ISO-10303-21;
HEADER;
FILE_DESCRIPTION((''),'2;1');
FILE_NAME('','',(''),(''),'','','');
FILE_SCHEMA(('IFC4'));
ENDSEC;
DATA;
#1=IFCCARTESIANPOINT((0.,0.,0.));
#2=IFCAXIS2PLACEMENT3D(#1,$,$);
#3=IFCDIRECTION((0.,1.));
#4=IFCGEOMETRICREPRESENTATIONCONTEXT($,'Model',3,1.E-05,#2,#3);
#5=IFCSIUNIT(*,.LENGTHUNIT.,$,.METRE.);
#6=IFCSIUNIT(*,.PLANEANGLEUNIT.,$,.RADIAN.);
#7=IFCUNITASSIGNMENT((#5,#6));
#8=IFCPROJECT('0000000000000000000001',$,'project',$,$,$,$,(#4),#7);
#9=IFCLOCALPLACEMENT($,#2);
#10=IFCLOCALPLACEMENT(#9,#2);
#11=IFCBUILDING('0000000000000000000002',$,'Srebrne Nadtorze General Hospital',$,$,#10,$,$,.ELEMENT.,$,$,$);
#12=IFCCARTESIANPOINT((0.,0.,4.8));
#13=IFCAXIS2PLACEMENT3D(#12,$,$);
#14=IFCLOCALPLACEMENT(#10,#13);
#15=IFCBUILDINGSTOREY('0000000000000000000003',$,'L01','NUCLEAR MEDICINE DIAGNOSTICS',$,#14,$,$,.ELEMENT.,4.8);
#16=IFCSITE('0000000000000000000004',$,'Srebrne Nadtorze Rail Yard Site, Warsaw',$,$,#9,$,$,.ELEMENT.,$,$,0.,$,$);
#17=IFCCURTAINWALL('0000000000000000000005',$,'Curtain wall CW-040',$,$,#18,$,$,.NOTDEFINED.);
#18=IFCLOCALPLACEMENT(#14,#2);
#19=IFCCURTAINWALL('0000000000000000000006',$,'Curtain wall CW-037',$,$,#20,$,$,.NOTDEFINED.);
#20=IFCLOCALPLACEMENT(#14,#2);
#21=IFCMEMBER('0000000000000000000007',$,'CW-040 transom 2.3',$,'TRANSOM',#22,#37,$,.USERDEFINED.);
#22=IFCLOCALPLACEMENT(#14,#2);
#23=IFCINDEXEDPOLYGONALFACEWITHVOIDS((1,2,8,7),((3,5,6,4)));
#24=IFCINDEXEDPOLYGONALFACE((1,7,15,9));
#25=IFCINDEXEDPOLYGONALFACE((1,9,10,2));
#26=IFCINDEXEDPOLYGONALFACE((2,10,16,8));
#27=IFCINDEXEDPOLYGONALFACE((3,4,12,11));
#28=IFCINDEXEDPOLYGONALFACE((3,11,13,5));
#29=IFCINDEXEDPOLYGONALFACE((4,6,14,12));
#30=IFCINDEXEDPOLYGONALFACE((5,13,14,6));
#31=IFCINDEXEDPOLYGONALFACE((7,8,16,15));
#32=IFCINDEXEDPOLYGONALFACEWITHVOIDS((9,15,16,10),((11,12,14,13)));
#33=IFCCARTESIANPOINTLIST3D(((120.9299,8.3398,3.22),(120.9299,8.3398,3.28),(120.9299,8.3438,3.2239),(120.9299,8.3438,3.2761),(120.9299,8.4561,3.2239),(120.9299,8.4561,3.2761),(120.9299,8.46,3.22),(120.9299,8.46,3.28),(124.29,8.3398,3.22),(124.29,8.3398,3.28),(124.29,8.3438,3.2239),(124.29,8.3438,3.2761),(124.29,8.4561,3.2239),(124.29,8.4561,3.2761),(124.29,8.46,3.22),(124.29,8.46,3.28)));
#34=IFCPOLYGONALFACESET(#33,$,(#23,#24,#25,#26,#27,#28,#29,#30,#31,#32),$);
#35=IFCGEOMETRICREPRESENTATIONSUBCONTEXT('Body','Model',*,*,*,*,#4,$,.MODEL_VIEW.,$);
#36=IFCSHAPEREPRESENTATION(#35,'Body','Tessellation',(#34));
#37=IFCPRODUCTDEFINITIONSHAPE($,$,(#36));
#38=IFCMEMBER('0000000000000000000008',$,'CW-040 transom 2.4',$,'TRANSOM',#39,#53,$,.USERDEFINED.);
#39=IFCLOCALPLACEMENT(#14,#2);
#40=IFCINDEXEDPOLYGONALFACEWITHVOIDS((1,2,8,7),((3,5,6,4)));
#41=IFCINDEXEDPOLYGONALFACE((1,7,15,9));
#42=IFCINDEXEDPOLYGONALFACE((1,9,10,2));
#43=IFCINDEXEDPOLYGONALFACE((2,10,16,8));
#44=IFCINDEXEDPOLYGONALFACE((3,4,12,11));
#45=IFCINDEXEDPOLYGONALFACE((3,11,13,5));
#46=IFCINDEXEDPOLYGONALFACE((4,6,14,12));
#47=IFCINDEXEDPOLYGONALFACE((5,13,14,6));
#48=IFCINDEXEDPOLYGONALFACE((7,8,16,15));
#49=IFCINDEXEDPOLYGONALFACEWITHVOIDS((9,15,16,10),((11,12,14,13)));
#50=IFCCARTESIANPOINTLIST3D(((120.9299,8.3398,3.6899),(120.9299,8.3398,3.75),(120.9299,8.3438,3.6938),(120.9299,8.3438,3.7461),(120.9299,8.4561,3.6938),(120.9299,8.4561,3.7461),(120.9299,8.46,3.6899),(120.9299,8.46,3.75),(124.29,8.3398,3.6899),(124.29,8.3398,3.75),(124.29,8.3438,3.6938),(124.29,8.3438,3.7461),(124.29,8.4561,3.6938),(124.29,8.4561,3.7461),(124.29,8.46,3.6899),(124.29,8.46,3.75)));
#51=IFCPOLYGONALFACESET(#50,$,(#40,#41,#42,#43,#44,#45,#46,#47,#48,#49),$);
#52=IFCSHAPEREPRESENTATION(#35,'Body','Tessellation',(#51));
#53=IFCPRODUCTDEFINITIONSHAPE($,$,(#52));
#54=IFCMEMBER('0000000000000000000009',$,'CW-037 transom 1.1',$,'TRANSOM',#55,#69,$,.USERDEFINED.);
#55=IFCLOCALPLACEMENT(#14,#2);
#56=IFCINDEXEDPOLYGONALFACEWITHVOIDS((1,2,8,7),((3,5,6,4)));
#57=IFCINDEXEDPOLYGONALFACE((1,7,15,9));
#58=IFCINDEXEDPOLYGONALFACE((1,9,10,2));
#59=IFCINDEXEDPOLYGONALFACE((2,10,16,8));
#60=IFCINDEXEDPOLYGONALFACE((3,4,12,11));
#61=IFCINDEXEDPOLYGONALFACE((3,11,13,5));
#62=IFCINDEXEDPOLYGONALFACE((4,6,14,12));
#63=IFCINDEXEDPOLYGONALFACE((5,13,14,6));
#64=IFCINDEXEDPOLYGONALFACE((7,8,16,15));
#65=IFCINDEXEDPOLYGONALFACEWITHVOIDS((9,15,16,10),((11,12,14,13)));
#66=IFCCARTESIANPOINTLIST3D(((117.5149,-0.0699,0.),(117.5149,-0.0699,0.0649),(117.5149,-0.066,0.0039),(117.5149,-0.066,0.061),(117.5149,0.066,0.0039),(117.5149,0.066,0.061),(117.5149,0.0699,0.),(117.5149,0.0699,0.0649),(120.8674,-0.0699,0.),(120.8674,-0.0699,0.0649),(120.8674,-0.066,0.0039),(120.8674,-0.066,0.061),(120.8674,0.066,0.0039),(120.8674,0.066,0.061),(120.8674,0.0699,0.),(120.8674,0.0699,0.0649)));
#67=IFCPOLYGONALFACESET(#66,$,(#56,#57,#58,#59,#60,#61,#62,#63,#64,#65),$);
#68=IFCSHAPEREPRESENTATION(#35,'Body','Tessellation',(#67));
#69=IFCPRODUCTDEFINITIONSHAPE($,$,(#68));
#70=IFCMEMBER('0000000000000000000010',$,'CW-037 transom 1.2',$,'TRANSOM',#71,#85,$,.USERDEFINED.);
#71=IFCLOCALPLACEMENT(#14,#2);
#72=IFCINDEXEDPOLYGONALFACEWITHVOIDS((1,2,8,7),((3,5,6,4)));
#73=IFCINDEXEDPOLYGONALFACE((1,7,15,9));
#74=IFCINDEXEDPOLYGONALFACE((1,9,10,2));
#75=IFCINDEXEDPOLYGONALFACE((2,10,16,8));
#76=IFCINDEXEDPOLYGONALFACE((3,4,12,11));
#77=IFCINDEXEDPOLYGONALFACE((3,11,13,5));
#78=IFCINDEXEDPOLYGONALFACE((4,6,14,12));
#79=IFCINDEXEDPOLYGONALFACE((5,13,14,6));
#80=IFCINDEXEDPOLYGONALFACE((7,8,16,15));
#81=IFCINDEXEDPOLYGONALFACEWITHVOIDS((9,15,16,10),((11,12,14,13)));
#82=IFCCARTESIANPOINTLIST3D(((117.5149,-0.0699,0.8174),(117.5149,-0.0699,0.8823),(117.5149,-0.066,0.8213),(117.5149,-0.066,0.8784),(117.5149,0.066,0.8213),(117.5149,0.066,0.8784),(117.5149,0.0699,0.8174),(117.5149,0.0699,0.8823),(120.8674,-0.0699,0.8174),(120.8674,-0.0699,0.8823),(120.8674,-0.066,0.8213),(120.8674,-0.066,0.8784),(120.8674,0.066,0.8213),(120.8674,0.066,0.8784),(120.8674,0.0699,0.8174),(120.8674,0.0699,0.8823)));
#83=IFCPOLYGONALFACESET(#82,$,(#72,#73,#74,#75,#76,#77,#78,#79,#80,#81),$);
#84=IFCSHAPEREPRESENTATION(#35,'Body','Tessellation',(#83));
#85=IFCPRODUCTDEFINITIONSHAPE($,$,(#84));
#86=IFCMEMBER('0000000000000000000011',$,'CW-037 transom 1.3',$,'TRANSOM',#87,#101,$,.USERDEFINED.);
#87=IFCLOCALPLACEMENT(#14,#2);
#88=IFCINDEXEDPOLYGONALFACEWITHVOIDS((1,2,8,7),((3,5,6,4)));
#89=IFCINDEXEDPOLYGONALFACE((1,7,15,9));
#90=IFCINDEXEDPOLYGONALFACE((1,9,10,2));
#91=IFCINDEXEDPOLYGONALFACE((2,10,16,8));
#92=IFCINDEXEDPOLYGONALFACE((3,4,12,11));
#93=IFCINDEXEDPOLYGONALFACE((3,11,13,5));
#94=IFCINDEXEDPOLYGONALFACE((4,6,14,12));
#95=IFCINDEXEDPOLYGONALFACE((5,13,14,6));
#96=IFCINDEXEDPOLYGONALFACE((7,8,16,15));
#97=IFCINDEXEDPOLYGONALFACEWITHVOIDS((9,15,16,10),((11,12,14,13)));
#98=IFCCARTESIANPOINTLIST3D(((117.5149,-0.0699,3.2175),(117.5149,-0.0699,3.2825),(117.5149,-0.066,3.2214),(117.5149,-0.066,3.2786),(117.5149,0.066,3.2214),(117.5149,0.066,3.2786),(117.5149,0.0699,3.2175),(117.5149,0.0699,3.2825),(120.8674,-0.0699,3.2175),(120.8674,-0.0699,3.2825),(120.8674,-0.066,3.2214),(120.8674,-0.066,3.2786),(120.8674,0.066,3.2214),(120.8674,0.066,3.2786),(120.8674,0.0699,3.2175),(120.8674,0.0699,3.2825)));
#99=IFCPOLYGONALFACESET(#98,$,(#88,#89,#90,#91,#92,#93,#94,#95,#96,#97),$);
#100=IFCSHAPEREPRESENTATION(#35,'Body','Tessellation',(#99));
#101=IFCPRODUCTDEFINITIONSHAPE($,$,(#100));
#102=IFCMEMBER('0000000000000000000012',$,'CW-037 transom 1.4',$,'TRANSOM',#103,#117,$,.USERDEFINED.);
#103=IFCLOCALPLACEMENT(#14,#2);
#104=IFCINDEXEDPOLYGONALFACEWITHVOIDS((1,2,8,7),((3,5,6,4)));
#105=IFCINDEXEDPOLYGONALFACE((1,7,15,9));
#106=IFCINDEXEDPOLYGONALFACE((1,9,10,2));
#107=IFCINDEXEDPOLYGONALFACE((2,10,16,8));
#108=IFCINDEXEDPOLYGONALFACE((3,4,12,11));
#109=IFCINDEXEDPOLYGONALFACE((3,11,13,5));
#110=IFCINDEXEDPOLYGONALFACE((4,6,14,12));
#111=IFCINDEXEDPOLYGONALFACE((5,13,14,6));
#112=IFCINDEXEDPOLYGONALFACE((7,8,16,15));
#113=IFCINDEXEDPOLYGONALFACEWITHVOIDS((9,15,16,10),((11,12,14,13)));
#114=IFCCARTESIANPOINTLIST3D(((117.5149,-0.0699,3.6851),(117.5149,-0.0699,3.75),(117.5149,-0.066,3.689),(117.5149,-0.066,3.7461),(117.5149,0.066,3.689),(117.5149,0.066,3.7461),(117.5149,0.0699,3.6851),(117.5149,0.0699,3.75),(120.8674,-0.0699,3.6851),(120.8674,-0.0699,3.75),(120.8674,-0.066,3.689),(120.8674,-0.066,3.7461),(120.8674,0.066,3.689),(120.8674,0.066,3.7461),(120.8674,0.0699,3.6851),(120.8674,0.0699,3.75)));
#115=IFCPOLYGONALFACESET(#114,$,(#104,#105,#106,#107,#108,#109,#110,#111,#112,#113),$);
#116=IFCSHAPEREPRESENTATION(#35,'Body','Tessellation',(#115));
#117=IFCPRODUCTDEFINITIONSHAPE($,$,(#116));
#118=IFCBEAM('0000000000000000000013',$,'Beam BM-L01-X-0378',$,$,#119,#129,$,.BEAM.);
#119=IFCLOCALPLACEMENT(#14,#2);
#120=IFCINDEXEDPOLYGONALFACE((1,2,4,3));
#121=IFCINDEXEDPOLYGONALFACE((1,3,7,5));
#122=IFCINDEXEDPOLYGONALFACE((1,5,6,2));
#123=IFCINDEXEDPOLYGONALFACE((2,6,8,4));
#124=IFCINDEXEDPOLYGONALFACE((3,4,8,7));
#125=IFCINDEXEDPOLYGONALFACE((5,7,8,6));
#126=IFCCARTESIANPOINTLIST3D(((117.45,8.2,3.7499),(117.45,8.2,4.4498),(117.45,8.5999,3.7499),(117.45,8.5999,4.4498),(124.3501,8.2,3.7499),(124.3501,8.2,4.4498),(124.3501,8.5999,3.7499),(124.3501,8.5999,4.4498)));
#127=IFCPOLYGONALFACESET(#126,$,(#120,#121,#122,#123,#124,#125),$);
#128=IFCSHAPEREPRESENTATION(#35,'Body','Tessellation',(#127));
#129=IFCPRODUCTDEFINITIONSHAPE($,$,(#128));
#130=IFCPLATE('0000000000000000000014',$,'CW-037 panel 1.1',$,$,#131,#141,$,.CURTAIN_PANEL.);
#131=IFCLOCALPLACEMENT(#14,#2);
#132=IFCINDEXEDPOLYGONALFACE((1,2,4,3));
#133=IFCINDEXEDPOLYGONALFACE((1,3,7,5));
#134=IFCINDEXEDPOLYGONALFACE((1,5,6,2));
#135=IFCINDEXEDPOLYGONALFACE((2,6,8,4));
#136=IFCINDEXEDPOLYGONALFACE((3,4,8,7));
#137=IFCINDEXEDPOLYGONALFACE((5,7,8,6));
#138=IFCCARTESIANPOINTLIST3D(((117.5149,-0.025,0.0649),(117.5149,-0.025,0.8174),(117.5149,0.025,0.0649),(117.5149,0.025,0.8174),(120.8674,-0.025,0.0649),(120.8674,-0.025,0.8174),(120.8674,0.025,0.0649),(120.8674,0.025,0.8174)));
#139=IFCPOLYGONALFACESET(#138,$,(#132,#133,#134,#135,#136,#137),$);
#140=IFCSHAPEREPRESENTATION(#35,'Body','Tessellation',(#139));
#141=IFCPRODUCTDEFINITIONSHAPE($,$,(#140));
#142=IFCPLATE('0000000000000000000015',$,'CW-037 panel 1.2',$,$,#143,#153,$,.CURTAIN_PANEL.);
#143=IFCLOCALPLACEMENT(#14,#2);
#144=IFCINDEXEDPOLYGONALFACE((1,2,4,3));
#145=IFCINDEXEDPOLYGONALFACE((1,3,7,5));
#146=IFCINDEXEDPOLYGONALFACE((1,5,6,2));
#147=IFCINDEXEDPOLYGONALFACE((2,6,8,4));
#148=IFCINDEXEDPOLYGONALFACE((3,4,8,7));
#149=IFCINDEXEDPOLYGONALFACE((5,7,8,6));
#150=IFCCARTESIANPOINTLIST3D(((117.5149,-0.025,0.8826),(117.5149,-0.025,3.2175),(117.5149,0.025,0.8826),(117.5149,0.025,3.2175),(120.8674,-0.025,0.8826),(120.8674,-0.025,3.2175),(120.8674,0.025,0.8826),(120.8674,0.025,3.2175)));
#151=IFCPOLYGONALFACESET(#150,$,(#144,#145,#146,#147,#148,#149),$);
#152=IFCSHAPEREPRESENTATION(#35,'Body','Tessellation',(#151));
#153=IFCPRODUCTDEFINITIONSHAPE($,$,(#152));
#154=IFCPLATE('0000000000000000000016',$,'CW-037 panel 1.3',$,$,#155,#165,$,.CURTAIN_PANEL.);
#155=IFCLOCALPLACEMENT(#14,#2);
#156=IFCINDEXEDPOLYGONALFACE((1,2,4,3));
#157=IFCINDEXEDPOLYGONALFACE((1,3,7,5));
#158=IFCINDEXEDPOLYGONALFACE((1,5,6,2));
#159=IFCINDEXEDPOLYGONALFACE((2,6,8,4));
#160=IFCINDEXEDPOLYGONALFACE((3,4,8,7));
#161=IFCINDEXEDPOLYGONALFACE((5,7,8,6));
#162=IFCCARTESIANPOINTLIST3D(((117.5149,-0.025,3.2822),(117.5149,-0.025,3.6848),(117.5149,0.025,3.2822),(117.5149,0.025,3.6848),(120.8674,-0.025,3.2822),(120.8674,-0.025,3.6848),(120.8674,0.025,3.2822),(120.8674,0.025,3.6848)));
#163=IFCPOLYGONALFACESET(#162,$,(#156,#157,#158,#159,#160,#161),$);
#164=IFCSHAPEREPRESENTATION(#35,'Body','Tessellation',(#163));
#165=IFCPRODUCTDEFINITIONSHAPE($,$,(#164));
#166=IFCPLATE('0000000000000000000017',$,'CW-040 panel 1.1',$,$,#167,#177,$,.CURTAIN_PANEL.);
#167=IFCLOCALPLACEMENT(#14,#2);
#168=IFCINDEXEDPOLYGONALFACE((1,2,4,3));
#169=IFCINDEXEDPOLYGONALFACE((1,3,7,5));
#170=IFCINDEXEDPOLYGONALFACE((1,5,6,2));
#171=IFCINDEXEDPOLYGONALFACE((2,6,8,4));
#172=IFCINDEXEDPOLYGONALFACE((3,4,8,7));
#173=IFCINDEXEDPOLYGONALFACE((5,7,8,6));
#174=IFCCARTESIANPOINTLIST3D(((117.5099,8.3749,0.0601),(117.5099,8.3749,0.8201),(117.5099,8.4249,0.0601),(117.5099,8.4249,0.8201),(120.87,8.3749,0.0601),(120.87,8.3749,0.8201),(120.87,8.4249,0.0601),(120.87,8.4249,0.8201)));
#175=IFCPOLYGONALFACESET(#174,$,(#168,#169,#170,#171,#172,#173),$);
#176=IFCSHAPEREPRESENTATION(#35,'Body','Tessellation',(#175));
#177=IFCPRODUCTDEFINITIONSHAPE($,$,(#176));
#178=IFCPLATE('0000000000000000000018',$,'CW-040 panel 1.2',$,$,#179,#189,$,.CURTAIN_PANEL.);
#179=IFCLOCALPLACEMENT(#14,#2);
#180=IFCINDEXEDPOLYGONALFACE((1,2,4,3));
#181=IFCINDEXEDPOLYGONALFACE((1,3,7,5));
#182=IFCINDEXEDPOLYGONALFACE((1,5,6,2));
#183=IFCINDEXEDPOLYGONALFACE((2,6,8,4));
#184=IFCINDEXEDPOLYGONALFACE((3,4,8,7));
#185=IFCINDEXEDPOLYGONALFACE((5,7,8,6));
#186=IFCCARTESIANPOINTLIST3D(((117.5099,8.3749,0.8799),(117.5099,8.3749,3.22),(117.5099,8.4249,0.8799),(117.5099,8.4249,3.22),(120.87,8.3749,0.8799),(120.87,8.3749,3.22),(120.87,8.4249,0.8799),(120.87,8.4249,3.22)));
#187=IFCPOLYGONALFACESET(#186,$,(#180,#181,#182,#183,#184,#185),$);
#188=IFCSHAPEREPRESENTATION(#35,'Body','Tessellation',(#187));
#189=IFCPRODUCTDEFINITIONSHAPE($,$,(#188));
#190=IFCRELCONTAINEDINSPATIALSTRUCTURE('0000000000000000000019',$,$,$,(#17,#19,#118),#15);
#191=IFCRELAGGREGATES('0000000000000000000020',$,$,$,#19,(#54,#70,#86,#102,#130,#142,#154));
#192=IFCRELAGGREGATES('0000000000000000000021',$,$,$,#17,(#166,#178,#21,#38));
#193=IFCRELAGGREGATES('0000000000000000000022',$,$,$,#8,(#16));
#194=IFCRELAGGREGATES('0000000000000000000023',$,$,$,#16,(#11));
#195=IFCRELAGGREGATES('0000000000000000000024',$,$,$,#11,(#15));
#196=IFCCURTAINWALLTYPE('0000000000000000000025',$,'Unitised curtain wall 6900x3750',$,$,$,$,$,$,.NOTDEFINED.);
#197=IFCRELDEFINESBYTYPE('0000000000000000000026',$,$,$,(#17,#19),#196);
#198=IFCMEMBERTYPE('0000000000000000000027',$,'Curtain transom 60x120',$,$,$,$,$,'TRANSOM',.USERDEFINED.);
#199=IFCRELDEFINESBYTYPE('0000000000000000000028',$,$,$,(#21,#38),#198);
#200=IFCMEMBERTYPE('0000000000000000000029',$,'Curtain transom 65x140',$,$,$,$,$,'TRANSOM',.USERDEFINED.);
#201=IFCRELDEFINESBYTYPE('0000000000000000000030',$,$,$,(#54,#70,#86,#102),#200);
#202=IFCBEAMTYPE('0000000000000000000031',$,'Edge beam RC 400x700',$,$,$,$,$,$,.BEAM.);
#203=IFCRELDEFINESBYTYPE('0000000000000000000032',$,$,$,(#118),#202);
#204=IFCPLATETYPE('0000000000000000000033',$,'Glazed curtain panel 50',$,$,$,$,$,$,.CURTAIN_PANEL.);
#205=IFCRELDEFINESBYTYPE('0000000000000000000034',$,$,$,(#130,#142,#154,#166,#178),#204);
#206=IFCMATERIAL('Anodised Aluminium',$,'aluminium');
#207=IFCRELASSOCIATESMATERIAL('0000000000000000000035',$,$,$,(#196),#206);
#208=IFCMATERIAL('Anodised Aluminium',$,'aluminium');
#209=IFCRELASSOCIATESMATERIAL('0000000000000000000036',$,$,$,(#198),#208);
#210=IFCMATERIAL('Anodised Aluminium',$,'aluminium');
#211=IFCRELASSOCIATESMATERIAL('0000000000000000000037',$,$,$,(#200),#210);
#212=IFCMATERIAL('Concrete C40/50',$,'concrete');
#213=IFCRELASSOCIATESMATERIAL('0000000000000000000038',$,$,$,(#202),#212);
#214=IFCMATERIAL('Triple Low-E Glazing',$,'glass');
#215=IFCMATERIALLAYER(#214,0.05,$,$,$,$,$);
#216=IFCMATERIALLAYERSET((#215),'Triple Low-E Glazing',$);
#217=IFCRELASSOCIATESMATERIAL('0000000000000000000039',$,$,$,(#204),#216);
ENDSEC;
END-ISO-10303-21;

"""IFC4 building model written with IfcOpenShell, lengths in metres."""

from ifc_helpers import new_model, si_unit, direction, frame, origin, origin_2d, place, context, subcontext, project, spatial, rectangle, hollow_rectangle, extrude, material, layer, layer_set, material_profile, profile_set, type_object, element, aggregate, save


model = new_model("IFC4")

# Units and contexts
model_context = context("Model", 3, precision=1e-05, world=origin(), true_north=direction((0.0, 1.0)))
body_context = subcontext(model_context, "Body", "Model", "MODEL_VIEW")
ifc_project = project(units=[si_unit("LENGTHUNIT", "METRE"), si_unit("PLANEANGLEUNIT", "RADIAN")], contexts=[model_context])

# Site, building, storey
site_placement = place(None, origin())
site = spatial("IfcSite", under=ifc_project, at=site_placement, Name="Srebrne Nadtorze Rail Yard Site, Warsaw", CompositionType="ELEMENT", RefElevation=0.0)
building_placement = place(site_placement, origin())
building = spatial("IfcBuilding", under=site, at=building_placement, Name="Srebrne Nadtorze General Hospital", CompositionType="ELEMENT")
storey_placement = place(building_placement, frame((0.0, 0.0, 4.8)))
storey = spatial("IfcBuildingStorey", under=building, at=storey_placement, Name="L01", Description="NUCLEAR MEDICINE DIAGNOSTICS", CompositionType="ELEMENT", Elevation=4.8)

# Curtain walls
ifc_material_1 = material(Name="Anodised Aluminium", Category="aluminium")
curtain_wall_type = type_object("IfcCurtainWallType", Name="Unitised curtain wall 6900x3750", PredefinedType="NOTDEFINED", material=ifc_material_1)
curtain_wall_1_placement = place(storey_placement, origin())
curtain_wall_1 = element("IfcCurtainWall", 1, at=curtain_wall_1_placement, inside=storey, type_object=curtain_wall_type, Name="Curtain wall CW-040", PredefinedType="NOTDEFINED")
curtain_wall_2_placement = place(storey_placement, origin())
curtain_wall_2 = element("IfcCurtainWall", 2, at=curtain_wall_2_placement, inside=storey, type_object=curtain_wall_type, Name="Curtain wall CW-037", PredefinedType="NOTDEFINED")

# Members
ifc_material_2 = material(Name="Anodised Aluminium", Category="aluminium")
ifc_material_profile_1 = material_profile(ifc_material_2, hollow_rectangle(XDim=0.0601, YDim=0.1201, WallThickness=0.0039, at=origin_2d()), Name="AL-TRN-60x120")
ifc_profile_set_1 = profile_set([ifc_material_profile_1], Name="Anodised Aluminium")
member_type_1 = type_object("IfcMemberType", Name="Curtain transom 60x120", ElementType="TRANSOM", PredefinedType="USERDEFINED", material=ifc_profile_set_1)
member_1_placement = place(storey_placement, frame((120.9299, 8.3999, 3.25), z_axis=(1.0, 0.0, 0.0), x_axis=(0.0, 0.0, 1.0)))
member_1 = element("IfcMember", 3, at=member_1_placement, type_object=member_type_1, Name="CW-040 transom 2.3", ObjectType="TRANSOM", PredefinedType="USERDEFINED", context=body_context, shape_type="SweptSolid", body=[
    extrude(hollow_rectangle(XDim=0.0601, YDim=0.1201, WallThickness=0.0039, at=origin_2d()), origin(), (0.0, 0.0, 1.0), 3.3601),
])
member_2_placement = place(storey_placement, frame((120.9299, 8.3999, 3.72), z_axis=(1.0, 0.0, 0.0), x_axis=(0.0, 0.0, 1.0)))
member_2 = element("IfcMember", 4, at=member_2_placement, type_object=member_type_1, Name="CW-040 transom 2.4", ObjectType="TRANSOM", PredefinedType="USERDEFINED", context=body_context, shape_type="SweptSolid", body=[
    extrude(hollow_rectangle(XDim=0.0601, YDim=0.1201, WallThickness=0.0039, at=origin_2d()), origin(), (0.0, 0.0, 1.0), 3.3601),
])
ifc_material_3 = material(Name="Anodised Aluminium", Category="aluminium")
ifc_material_profile_2 = material_profile(ifc_material_3, hollow_rectangle(XDim=0.0649, YDim=0.1399, WallThickness=0.0039, at=origin_2d()), Name="AL-TRN-65x140")
ifc_profile_set_2 = profile_set([ifc_material_profile_2], Name="Anodised Aluminium")
member_type_2 = type_object("IfcMemberType", Name="Curtain transom 65x140", ElementType="TRANSOM", PredefinedType="USERDEFINED", material=ifc_profile_set_2)
member_3_placement = place(storey_placement, frame((117.5149, 0.0, 0.0325), z_axis=(1.0, 0.0, 0.0), x_axis=(0.0, 0.0, 1.0)))
member_3 = element("IfcMember", 5, at=member_3_placement, type_object=member_type_2, Name="CW-037 transom 1.1", ObjectType="TRANSOM", PredefinedType="USERDEFINED", context=body_context, shape_type="SweptSolid", body=[
    extrude(hollow_rectangle(XDim=0.0649, YDim=0.1399, WallThickness=0.0039, at=origin_2d()), origin(), (0.0, 0.0, 1.0), 3.3525),
])
member_4_placement = place(storey_placement, frame((117.5149, 0.0, 0.8499), z_axis=(1.0, 0.0, 0.0), x_axis=(0.0, 0.0, 1.0)))
member_4 = element("IfcMember", 6, at=member_4_placement, type_object=member_type_2, Name="CW-037 transom 1.2", ObjectType="TRANSOM", PredefinedType="USERDEFINED", context=body_context, shape_type="SweptSolid", body=[
    extrude(hollow_rectangle(XDim=0.0649, YDim=0.1399, WallThickness=0.0039, at=origin_2d()), origin(), (0.0, 0.0, 1.0), 3.3525),
])
member_5_placement = place(storey_placement, frame((117.5149, 0.0, 3.25), z_axis=(1.0, 0.0, 0.0), x_axis=(0.0, 0.0, 1.0)))
member_5 = element("IfcMember", 7, at=member_5_placement, type_object=member_type_2, Name="CW-037 transom 1.3", ObjectType="TRANSOM", PredefinedType="USERDEFINED", context=body_context, shape_type="SweptSolid", body=[
    extrude(hollow_rectangle(XDim=0.0649, YDim=0.1399, WallThickness=0.0039, at=origin_2d()), origin(), (0.0, 0.0, 1.0), 3.3525),
])
member_6_placement = place(storey_placement, frame((117.5149, 0.0, 3.7175), z_axis=(1.0, 0.0, 0.0), x_axis=(0.0, 0.0, 1.0)))
member_6 = element("IfcMember", 8, at=member_6_placement, type_object=member_type_2, Name="CW-037 transom 1.4", ObjectType="TRANSOM", PredefinedType="USERDEFINED", context=body_context, shape_type="SweptSolid", body=[
    extrude(hollow_rectangle(XDim=0.0649, YDim=0.1399, WallThickness=0.0039, at=origin_2d()), origin(), (0.0, 0.0, 1.0), 3.3525),
])

# Beam
ifc_material_4 = material(Name="Concrete C40/50", Category="concrete")
ifc_material_profile_3 = material_profile(ifc_material_4, rectangle(XDim=0.3999, YDim=0.7, at=origin_2d()), Name="RC-BM-400x700")
ifc_profile_set_3 = profile_set([ifc_material_profile_3], Name="Concrete C40/50")
beam_type = type_object("IfcBeamType", Name="Edge beam RC 400x700", PredefinedType="BEAM", material=ifc_profile_set_3)
beam_placement = place(storey_placement, frame((117.45, 8.3999, 4.0999), z_axis=(1.0, 0.0, 0.0), x_axis=(0.0, 1.0, 0.0)))
element("IfcBeam", 9, at=beam_placement, inside=storey, type_object=beam_type, Name="Beam BM-L01-X-0378", PredefinedType="BEAM", context=body_context, shape_type="SweptSolid", body=[
    extrude(rectangle(XDim=0.3999, YDim=0.7, at=origin_2d()), origin(), (0.0, 0.0, 1.0), 6.9001),
])

# Plates
ifc_material_5 = material(Name="Triple Low-E Glazing", Category="glass")
ifc_layer_1 = layer(ifc_material_5, 0.05)
ifc_layer_set_1 = layer_set([ifc_layer_1], Name="Triple Low-E Glazing")
plate_type = type_object("IfcPlateType", Name="Glazed curtain panel 50", PredefinedType="CURTAIN_PANEL", material=ifc_layer_set_1)
plate_1_placement = place(storey_placement, frame((119.1912, 0.0, 0.0649), z_axis=(0.0, 0.0, 1.0), x_axis=(1.0, 0.0, 0.0)))
plate_1 = element("IfcPlate", 10, at=plate_1_placement, type_object=plate_type, Name="CW-037 panel 1.1", PredefinedType="CURTAIN_PANEL", context=body_context, shape_type="SweptSolid", body=[
    extrude(rectangle(XDim=3.3525, YDim=0.05, at=origin_2d()), origin(), (0.0, 0.0, 1.0), 0.7524),
])
plate_2_placement = place(storey_placement, frame((119.1912, 0.0, 0.8826), z_axis=(0.0, 0.0, 1.0), x_axis=(1.0, 0.0, 0.0)))
plate_2 = element("IfcPlate", 11, at=plate_2_placement, type_object=plate_type, Name="CW-037 panel 1.2", PredefinedType="CURTAIN_PANEL", context=body_context, shape_type="SweptSolid", body=[
    extrude(rectangle(XDim=3.3525, YDim=0.05, at=origin_2d()), origin(), (0.0, 0.0, 1.0), 2.335),
])
plate_3_placement = place(storey_placement, frame((119.1912, 0.0, 3.2822), z_axis=(0.0, 0.0, 1.0), x_axis=(1.0, 0.0, 0.0)))
plate_3 = element("IfcPlate", 12, at=plate_3_placement, type_object=plate_type, Name="CW-037 panel 1.3", PredefinedType="CURTAIN_PANEL", context=body_context, shape_type="SweptSolid", body=[
    extrude(rectangle(XDim=3.3525, YDim=0.05, at=origin_2d()), origin(), (0.0, 0.0, 1.0), 0.4026),
])
aggregate(curtain_wall_2, [member_3, member_4, member_5, member_6, plate_1, plate_2, plate_3])
plate_4_placement = place(storey_placement, frame((119.1899, 8.3999, 0.0601), z_axis=(0.0, 0.0, 1.0), x_axis=(1.0, 0.0, 0.0)))
plate_4 = element("IfcPlate", 13, at=plate_4_placement, type_object=plate_type, Name="CW-040 panel 1.1", PredefinedType="CURTAIN_PANEL", context=body_context, shape_type="SweptSolid", body=[
    extrude(rectangle(XDim=3.3601, YDim=0.05, at=origin_2d()), origin(), (0.0, 0.0, 1.0), 0.76),
])
plate_5_placement = place(storey_placement, frame((119.1899, 8.3999, 0.8799), z_axis=(0.0, 0.0, 1.0), x_axis=(1.0, 0.0, 0.0)))
plate_5 = element("IfcPlate", 14, at=plate_5_placement, type_object=plate_type, Name="CW-040 panel 1.2", PredefinedType="CURTAIN_PANEL", context=body_context, shape_type="SweptSolid", body=[
    extrude(rectangle(XDim=3.3601, YDim=0.05, at=origin_2d()), origin(), (0.0, 0.0, 1.0), 2.3401),
])
aggregate(curtain_wall_1, [plate_4, plate_5, member_1, member_2])

save(model, "model.ifc")
